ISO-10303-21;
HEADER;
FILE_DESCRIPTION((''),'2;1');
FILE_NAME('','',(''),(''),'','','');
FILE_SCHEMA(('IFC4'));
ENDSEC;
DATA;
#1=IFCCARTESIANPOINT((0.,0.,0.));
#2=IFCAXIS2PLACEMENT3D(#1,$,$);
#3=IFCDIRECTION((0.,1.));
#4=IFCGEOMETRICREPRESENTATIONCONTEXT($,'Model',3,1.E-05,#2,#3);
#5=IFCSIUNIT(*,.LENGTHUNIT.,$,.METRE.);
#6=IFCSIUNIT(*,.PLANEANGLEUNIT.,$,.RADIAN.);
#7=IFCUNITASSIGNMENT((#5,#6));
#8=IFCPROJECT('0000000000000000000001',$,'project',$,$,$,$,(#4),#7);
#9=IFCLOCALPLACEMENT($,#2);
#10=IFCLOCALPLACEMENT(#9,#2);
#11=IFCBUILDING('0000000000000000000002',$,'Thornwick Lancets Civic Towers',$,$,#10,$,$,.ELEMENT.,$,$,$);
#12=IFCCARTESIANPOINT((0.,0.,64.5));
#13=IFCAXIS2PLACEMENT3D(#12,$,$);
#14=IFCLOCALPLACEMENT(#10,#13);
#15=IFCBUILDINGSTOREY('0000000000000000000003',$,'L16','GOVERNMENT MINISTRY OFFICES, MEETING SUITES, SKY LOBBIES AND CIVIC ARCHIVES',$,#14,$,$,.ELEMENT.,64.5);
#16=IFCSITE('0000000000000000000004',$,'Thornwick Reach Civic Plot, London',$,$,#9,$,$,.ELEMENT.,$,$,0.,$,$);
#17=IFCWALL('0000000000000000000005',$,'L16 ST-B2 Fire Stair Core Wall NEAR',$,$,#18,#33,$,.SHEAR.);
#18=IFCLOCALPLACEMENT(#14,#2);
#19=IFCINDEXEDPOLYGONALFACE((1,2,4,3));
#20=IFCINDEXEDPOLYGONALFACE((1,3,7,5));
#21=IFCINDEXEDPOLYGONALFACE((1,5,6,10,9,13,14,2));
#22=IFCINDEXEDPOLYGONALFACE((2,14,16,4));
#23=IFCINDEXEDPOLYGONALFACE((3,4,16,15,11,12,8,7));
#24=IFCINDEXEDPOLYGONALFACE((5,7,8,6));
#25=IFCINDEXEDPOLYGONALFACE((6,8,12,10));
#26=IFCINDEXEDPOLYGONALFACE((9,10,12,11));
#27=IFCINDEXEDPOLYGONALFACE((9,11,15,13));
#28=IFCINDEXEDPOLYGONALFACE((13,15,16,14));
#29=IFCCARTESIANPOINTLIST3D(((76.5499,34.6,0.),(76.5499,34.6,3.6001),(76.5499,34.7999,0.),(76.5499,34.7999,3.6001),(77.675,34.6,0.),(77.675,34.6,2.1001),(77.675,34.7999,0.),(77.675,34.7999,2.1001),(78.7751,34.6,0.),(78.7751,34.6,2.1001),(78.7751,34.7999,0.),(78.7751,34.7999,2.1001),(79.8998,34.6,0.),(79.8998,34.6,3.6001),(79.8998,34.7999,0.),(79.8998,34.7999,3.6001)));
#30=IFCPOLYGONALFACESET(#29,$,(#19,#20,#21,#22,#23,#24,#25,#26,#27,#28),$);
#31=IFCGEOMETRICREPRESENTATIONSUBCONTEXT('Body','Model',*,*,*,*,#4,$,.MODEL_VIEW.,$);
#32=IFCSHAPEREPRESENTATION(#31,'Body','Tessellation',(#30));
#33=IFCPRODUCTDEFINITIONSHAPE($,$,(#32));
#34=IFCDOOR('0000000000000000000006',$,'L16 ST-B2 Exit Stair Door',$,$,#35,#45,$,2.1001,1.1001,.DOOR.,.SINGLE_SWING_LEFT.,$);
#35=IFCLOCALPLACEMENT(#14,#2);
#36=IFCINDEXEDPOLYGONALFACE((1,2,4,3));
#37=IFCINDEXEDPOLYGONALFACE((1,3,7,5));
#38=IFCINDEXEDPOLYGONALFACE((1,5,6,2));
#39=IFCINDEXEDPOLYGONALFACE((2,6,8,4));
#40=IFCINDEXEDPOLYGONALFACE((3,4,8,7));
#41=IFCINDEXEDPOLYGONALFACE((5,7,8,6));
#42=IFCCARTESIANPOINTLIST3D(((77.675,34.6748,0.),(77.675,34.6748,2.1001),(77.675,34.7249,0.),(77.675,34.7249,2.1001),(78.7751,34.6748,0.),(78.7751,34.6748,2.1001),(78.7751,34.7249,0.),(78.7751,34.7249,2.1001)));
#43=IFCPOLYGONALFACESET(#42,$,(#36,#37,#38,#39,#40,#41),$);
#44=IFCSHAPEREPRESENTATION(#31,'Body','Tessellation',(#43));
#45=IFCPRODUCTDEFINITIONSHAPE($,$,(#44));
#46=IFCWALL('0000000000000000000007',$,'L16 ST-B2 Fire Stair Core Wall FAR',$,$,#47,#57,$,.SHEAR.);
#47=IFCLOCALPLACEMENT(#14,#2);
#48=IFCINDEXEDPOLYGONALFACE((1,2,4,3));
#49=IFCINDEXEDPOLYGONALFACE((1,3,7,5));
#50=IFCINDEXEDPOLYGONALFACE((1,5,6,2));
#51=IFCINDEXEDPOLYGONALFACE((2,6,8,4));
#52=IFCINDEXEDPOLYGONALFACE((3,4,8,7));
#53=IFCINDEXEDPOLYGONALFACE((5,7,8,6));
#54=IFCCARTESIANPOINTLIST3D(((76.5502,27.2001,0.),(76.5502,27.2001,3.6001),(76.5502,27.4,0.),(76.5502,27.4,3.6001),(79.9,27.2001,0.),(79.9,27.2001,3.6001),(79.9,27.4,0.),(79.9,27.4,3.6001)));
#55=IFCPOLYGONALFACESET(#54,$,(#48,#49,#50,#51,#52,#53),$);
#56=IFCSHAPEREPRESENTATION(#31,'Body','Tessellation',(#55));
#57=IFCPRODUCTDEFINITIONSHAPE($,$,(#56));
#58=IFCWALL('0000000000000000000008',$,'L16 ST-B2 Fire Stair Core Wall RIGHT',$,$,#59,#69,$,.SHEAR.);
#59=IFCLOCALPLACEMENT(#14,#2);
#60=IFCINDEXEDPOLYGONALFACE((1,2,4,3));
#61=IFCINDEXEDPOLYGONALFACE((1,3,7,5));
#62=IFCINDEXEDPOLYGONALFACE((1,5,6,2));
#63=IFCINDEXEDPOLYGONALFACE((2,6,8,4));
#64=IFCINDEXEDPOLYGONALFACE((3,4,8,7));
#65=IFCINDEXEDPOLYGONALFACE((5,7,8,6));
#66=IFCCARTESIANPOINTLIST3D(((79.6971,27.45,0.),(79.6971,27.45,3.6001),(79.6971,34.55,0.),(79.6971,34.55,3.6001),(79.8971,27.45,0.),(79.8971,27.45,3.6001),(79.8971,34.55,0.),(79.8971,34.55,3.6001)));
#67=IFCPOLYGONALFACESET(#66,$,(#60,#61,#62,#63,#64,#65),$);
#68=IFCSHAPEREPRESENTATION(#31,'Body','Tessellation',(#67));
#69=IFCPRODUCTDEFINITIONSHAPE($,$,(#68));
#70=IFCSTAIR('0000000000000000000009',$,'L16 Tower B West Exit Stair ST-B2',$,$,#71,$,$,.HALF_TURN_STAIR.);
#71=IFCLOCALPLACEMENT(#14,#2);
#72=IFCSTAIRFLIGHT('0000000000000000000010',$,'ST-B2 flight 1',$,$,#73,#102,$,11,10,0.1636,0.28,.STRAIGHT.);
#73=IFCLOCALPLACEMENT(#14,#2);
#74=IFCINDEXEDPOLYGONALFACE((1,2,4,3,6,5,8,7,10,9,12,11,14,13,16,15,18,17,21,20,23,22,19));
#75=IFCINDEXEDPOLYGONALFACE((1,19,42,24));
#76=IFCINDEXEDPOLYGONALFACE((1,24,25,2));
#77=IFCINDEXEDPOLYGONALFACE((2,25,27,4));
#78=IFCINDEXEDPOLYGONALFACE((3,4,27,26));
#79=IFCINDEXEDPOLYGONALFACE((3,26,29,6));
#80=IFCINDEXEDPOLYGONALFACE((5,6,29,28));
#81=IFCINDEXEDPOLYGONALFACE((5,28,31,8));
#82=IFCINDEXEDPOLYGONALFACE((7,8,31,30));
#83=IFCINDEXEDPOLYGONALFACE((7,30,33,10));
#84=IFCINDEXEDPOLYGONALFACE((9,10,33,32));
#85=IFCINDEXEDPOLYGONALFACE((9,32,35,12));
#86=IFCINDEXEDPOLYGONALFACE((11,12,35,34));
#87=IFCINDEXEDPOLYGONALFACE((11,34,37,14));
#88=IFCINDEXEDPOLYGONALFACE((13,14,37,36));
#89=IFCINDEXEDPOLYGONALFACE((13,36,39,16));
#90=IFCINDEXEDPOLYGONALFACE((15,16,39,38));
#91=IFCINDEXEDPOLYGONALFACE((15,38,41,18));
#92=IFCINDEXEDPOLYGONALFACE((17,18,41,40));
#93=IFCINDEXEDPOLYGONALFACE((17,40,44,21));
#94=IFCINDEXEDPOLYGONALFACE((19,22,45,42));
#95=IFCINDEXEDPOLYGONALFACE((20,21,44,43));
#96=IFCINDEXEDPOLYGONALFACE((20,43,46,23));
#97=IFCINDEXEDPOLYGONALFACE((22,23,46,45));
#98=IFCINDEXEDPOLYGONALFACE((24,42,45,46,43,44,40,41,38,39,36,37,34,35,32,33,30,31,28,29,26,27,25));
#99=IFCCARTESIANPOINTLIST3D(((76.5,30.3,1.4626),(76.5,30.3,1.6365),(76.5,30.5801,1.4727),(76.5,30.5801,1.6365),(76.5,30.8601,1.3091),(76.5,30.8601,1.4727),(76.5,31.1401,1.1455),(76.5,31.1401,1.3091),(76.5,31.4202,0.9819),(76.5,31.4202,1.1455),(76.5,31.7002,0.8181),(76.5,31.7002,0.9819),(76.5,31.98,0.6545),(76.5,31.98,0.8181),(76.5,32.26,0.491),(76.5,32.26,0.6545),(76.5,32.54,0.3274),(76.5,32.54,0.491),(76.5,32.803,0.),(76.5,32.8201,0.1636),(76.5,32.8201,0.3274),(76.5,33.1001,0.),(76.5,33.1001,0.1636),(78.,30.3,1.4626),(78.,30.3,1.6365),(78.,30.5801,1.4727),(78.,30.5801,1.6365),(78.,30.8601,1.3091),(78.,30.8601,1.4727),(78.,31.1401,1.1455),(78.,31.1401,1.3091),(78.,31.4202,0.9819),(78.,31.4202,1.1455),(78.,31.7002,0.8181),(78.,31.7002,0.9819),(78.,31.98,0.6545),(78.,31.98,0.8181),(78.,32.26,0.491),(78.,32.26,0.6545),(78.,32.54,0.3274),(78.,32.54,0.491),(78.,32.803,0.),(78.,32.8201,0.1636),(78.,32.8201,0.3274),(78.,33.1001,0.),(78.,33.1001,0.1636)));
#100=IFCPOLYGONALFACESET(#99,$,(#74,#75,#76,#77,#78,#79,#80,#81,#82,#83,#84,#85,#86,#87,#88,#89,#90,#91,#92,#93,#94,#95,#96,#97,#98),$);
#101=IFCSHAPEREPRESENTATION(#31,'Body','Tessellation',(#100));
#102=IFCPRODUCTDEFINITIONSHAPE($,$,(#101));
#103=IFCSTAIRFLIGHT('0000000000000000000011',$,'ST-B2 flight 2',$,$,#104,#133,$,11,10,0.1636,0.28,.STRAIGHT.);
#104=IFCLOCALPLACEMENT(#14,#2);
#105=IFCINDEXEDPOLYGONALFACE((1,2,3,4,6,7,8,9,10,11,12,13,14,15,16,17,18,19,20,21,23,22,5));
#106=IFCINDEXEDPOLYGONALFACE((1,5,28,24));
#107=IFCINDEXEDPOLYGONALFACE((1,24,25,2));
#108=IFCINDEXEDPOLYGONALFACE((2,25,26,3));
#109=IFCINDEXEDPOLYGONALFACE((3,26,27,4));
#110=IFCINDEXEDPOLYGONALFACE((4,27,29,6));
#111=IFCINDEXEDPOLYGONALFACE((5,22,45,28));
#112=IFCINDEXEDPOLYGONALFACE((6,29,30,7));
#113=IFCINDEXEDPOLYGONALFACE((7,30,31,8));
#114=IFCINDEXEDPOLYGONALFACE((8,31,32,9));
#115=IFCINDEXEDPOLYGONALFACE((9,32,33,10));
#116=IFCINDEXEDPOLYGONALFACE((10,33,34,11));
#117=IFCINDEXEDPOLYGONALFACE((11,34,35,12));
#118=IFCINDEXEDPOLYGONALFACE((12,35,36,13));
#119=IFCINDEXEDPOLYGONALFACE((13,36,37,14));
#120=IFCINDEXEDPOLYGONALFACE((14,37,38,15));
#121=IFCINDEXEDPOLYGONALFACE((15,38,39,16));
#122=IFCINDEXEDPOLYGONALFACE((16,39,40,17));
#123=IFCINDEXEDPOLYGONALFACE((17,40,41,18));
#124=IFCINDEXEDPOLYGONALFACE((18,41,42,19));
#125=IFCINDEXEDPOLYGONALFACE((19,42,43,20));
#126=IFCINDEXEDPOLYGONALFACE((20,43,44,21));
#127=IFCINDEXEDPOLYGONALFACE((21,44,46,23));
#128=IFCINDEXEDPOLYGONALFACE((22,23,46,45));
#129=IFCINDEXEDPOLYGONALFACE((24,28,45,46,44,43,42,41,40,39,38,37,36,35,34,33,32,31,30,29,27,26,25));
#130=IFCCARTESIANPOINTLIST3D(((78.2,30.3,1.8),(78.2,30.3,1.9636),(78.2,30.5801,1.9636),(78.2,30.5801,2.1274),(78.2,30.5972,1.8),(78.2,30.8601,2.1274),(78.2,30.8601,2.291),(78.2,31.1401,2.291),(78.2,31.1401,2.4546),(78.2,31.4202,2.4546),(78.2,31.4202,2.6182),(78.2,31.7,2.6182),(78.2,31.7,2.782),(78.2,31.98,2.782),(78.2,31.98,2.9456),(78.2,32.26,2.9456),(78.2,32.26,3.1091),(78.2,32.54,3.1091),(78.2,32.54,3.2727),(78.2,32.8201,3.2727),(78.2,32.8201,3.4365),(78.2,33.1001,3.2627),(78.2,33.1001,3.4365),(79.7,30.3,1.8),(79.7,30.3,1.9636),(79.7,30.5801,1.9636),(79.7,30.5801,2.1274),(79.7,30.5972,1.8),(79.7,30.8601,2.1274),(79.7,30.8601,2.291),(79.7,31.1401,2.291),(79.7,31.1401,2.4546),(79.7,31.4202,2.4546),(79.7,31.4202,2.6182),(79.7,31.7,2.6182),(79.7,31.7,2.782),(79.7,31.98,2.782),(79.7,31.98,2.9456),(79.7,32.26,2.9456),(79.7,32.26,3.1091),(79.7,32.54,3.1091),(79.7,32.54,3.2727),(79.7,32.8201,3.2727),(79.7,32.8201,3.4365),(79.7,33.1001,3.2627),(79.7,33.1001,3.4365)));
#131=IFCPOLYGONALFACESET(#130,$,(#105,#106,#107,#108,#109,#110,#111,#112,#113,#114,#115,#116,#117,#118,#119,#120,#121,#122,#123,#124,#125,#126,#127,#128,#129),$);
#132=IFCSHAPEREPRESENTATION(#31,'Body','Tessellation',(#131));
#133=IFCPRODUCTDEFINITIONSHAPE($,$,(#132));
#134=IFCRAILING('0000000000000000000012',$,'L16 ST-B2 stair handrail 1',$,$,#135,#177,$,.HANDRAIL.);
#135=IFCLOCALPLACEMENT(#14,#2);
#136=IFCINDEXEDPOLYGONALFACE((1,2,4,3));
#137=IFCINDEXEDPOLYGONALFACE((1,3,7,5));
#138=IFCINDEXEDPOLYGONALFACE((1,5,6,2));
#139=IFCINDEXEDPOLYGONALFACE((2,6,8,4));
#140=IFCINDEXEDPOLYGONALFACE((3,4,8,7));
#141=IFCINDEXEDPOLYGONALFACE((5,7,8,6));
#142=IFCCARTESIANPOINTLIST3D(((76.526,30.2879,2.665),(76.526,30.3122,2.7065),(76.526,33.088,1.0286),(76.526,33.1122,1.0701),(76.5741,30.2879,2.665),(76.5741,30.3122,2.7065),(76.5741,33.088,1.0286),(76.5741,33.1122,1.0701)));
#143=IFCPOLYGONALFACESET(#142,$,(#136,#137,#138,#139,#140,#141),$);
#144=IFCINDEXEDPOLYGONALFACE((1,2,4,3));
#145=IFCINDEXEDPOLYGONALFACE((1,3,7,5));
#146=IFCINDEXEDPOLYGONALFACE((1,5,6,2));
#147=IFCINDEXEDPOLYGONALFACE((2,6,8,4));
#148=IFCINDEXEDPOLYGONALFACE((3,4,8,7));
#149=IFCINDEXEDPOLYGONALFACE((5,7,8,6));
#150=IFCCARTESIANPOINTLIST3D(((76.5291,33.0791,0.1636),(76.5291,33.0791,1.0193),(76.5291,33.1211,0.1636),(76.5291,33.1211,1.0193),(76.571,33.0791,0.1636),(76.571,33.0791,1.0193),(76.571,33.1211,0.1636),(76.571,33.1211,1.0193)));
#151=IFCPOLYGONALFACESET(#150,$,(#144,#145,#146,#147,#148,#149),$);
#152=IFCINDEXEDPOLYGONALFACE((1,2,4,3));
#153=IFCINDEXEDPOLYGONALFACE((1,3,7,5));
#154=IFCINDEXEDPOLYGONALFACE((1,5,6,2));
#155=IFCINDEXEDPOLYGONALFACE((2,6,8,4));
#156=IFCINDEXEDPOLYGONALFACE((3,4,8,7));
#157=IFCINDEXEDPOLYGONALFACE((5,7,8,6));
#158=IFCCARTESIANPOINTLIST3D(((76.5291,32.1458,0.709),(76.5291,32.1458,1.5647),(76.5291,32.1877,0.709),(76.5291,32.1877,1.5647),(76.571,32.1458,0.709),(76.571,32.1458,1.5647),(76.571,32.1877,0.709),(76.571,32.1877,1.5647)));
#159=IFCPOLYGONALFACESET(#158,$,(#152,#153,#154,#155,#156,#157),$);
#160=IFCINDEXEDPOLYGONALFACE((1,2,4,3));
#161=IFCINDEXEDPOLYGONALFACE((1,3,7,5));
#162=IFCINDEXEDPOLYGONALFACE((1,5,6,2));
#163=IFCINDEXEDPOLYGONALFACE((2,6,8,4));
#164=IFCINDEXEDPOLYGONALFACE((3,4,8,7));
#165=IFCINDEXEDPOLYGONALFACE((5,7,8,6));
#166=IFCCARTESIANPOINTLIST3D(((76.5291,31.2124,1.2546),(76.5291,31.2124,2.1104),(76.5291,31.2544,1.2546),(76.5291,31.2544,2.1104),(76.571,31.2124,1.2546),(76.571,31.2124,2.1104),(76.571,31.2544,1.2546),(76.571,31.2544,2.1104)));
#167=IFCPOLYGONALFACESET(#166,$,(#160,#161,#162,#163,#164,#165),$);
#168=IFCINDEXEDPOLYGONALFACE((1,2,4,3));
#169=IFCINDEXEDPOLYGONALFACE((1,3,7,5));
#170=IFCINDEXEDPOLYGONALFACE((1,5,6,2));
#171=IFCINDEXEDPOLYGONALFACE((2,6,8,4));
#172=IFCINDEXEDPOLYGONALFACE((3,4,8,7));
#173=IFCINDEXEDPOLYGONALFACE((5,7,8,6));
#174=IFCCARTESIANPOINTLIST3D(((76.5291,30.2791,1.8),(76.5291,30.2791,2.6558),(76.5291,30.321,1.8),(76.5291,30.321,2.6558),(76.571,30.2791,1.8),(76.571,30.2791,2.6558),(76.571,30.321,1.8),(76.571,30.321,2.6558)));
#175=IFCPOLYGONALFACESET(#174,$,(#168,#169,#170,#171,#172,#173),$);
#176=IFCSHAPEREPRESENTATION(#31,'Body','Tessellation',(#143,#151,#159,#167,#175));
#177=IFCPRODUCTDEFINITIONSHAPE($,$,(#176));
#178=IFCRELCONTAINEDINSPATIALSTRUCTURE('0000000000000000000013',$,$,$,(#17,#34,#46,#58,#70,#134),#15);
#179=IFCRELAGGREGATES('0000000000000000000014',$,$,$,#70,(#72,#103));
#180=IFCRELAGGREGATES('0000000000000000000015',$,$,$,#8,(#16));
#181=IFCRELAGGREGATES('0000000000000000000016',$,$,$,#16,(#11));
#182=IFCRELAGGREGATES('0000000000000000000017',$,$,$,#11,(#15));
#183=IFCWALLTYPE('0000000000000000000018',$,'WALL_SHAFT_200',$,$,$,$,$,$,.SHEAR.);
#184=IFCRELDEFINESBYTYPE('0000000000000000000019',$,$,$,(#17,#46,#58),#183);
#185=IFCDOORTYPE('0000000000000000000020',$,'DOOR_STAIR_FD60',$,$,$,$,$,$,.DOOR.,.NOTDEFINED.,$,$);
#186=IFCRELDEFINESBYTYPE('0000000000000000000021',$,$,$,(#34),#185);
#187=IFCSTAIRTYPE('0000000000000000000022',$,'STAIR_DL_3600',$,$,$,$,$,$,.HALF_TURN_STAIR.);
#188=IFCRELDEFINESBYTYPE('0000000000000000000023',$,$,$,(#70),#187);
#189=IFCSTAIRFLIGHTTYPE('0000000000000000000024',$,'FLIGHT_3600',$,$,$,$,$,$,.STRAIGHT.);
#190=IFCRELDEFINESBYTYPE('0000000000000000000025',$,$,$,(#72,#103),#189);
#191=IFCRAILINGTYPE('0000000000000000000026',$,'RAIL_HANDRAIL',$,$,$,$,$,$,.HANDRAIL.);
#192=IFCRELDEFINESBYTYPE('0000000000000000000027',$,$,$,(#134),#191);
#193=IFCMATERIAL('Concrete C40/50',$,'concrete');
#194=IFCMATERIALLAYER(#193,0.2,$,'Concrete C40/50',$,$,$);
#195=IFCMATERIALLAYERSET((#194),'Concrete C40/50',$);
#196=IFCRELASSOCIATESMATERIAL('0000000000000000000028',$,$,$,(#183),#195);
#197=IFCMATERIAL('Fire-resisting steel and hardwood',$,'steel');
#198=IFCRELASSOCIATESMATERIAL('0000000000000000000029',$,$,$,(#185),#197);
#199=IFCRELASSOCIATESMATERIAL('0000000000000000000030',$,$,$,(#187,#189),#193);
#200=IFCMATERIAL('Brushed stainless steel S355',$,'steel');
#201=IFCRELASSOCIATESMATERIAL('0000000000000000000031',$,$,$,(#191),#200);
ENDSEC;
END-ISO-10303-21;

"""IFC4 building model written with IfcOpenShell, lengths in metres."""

from ifc_helpers import new_model, si_unit, direction, frame, frame_2d, origin, origin_2d, place, context, subcontext, project, spatial, polyline, rectangle, outline, extrude, material, layer, layer_set, type_object, element, fill, aggregate, save


model = new_model("IFC4")

# Units and contexts
model_context = context("Model", 3, precision=1e-05, world=origin(), true_north=direction((0.0, 1.0)))
body_context = subcontext(model_context, "Body", "Model", "MODEL_VIEW")
ifc_project = project(units=[si_unit("LENGTHUNIT", "METRE"), si_unit("PLANEANGLEUNIT", "RADIAN")], contexts=[model_context])

# Site, building, storey
site_placement = place(None, origin())
site = spatial("IfcSite", under=ifc_project, at=site_placement, Name="Thornwick Reach Civic Plot, London", CompositionType="ELEMENT", RefElevation=0.0)
building_placement = place(site_placement, origin())
building = spatial("IfcBuilding", under=site, at=building_placement, Name="Thornwick Lancets Civic Towers", CompositionType="ELEMENT")
storey_placement = place(building_placement, frame((0.0, 0.0, 64.5)))
storey = spatial("IfcBuildingStorey", under=building, at=storey_placement, Name="L16", Description="GOVERNMENT MINISTRY OFFICES, MEETING SUITES, SKY LOBBIES AND CIVIC ARCHIVES", CompositionType="ELEMENT", Elevation=64.5)

# Shared definitions
ifc_material_1 = material(Name="Concrete C40/50", Category="concrete")

# Wall, opening, door
ifc_layer_1 = layer(ifc_material_1, 0.2, Name="Concrete C40/50")
ifc_layer_set_1 = layer_set([ifc_layer_1], Name="Concrete C40/50")
wall_type_1 = type_object("IfcWallType", Name="WALL_SHAFT_200", PredefinedType="SHEAR", material=ifc_layer_set_1)
wall_1_placement = place(storey_placement, frame((76.55, 34.7, 0.0), z_axis=(0.0, 0.0, 1.0), x_axis=(1.0, 0.0, 0.0)))
wall_1 = element("IfcWall", 1, at=wall_1_placement, inside=storey, type_object=wall_type_1, Name="L16 ST-B2 Fire Stair Core Wall NEAR", PredefinedType="SHEAR", context=body_context, shape_type="SweptSolid", body=[
    extrude(rectangle(XDim=3.3499, YDim=0.2, at=frame_2d((1.6748, 0.0))), origin(), (0.0, 0.0, 1.0), 3.6001),
])
opening_1_placement = place(wall_1_placement, frame((1.125, 0.0, 0.0)))
opening_1 = element("IfcOpeningElement", 2, at=opening_1_placement, cuts=wall_1, PredefinedType="OPENING", context=body_context, shape_type="SweptSolid", body=[
    extrude(rectangle(XDim=1.1001, YDim=2.1001, at=frame_2d((0.55, 1.05))), frame((0.0, 0.1099, 0.0), z_axis=(0.0, -1.0, 0.0), x_axis=(1.0, 0.0, 0.0)), (0.0, 0.0, 1.0), 0.22),
])
ifc_material_2 = material(Name="Fire-resisting steel and hardwood", Category="steel")
door_type_1 = type_object("IfcDoorType", Name="DOOR_STAIR_FD60", OperationType="NOTDEFINED", PredefinedType="DOOR", material=ifc_material_2)
door_1_placement = place(opening_1_placement, origin())
door_1 = element("IfcDoor", 3, at=door_1_placement, inside=storey, type_object=door_type_1, Name="L16 ST-B2 Exit Stair Door", OperationType="SINGLE_SWING_LEFT", OverallHeight=2.1001, OverallWidth=1.1001, PredefinedType="DOOR", context=body_context, shape_type="SweptSolid", body=[
    extrude(rectangle(XDim=1.1001, YDim=2.1001, at=frame_2d((0.55, 1.05))), frame((0.0, 0.0249, 0.0), z_axis=(0.0, -1.0, 0.0), x_axis=(1.0, 0.0, 0.0)), (0.0, 0.0, 1.0), 0.05),
])
fill(opening_1, door_1)

# Walls
wall_2_placement = place(storey_placement, frame((79.8999, 27.3, 0.0), z_axis=(0.0, 0.0, 1.0), x_axis=(-1.0, 0.0, 0.0)))
element("IfcWall", 4, at=wall_2_placement, inside=storey, type_object=wall_type_1, Name="L16 ST-B2 Fire Stair Core Wall FAR", PredefinedType="SHEAR", context=body_context, shape_type="SweptSolid", body=[
    extrude(rectangle(XDim=3.3499, YDim=0.2, at=frame_2d((1.6748, 0.0))), origin(), (0.0, 0.0, 1.0), 3.6001),
])
wall_3_placement = place(storey_placement, frame((79.7971, 27.45, 0.0), z_axis=(0.0, 0.0, 1.0), x_axis=(0.0, 1.0, 0.0)))
element("IfcWall", 5, at=wall_3_placement, inside=storey, type_object=wall_type_1, Name="L16 ST-B2 Fire Stair Core Wall RIGHT", PredefinedType="SHEAR", context=body_context, shape_type="SweptSolid", body=[
    extrude(rectangle(XDim=7.1001, YDim=0.2, at=frame_2d((3.55, 0.0))), origin(), (0.0, 0.0, 1.0), 3.6001),
])

# Stair, stair flights
stair_type = type_object("IfcStairType", Name="STAIR_DL_3600", PredefinedType="HALF_TURN_STAIR", material=ifc_material_1)
stair_placement = place(storey_placement, origin())
stair = element("IfcStair", 6, at=stair_placement, inside=storey, type_object=stair_type, Name="L16 Tower B West Exit Stair ST-B2", PredefinedType="HALF_TURN_STAIR")
stair_flight_type = type_object("IfcStairFlightType", Name="FLIGHT_3600", PredefinedType="STRAIGHT", material=ifc_material_1)
stair_flight_1_placement = place(storey_placement, frame((77.25, 33.1001, 0.0), z_axis=(0.0, 0.0, 1.0), x_axis=(0.0, -1.0, 0.0)))
stair_flight_1 = element("IfcStairFlight", 7, at=stair_flight_1_placement, type_object=stair_flight_type, Name="ST-B2 flight 1", NumberOfRisers=11, NumberOfTreads=10, PredefinedType="STRAIGHT", RiserHeight=0.1636, TreadLength=0.28, context=body_context, shape_type="SweptSolid", body=[
    extrude(outline(polyline([(0.0, 0.0), (0.0, 0.1636), (0.28, 0.1636), (0.28, 0.3274), (0.5601, 0.3274), (0.5601, 0.491), (0.8401, 0.491), (0.8401, 0.6545), (1.1201, 0.6545), (1.1201, 0.8181), (1.3999, 0.8181), (1.3999, 0.9819), (1.6799, 0.9819), (1.6799, 1.1455), (1.96, 1.1455), (1.96, 1.3091), (2.24, 1.3091), (2.24, 1.4727), (2.52, 1.4727), (2.52, 1.6365), (2.8, 1.6365), (2.8, 1.8), (2.8, 1.4626), (0.2971, 0.0), (0.0, 0.0)])), frame((0.0, 0.75, 0.0), z_axis=(0.0, -1.0, 0.0), x_axis=(1.0, 0.0, 0.0)), (0.0, 0.0, 1.0), 1.5),
])
stair_flight_2_placement = place(storey_placement, frame((78.95, 30.3, 1.8), z_axis=(0.0, 0.0, 1.0), x_axis=(0.0, 1.0, 0.0)))
stair_flight_2 = element("IfcStairFlight", 8, at=stair_flight_2_placement, type_object=stair_flight_type, Name="ST-B2 flight 2", NumberOfRisers=11, NumberOfTreads=10, PredefinedType="STRAIGHT", RiserHeight=0.1636, TreadLength=0.28, context=body_context, shape_type="SweptSolid", body=[
    extrude(outline(polyline([(0.0, 0.0), (0.0, 0.1636), (0.28, 0.1636), (0.28, 0.3274), (0.5601, 0.3274), (0.5601, 0.491), (0.8401, 0.491), (0.8401, 0.6545), (1.1201, 0.6545), (1.1201, 0.8181), (1.3999, 0.8181), (1.3999, 0.9819), (1.6799, 0.9819), (1.6799, 1.1455), (1.96, 1.1455), (1.96, 1.3091), (2.24, 1.3091), (2.24, 1.4727), (2.52, 1.4727), (2.52, 1.6365), (2.8, 1.6365), (2.8, 1.8), (2.8, 1.4626), (0.2971, 0.0), (0.0, 0.0)])), frame((0.0, 0.75, 0.0), z_axis=(0.0, -1.0, 0.0), x_axis=(1.0, 0.0, 0.0)), (0.0, 0.0, 1.0), 1.5),
])
aggregate(stair, [stair_flight_1, stair_flight_2])

# Railing
ifc_material_3 = material(Name="Brushed stainless steel S355", Category="steel")
railing_type_1 = type_object("IfcRailingType", Name="RAIL_HANDRAIL", PredefinedType="HANDRAIL", material=ifc_material_3)
railing_1_placement = place(storey_placement, frame((76.55, 33.1001, 0.1636)))
element("IfcRailing", 9, at=railing_1_placement, inside=storey, type_object=railing_type_1, Name="L16 ST-B2 stair handrail 1", PredefinedType="HANDRAIL", context=body_context, shape_type="SweptSolid", body=[
    extrude(rectangle(XDim=0.0481, YDim=0.0481, at=origin_2d()), frame((0.0, 0.0, 0.8857), z_axis=(0.0, -0.863361, 0.504587), x_axis=(1.0, 0.0, 0.0)), (0.0, 0.0, 1.0), 3.2432),
    extrude(rectangle(XDim=0.042, YDim=0.042, at=origin_2d()), origin(), (0.0, 0.0, 1.0), 0.8557),
    extrude(rectangle(XDim=0.042, YDim=0.042, at=origin_2d()), frame((0.0, -0.9333, 0.5454)), (0.0, 0.0, 1.0), 0.8557),
    extrude(rectangle(XDim=0.042, YDim=0.042, at=origin_2d()), frame((0.0, -1.8667, 1.0911)), (0.0, 0.0, 1.0), 0.8557),
    extrude(rectangle(XDim=0.042, YDim=0.042, at=origin_2d()), frame((0.0, -2.8, 1.6365)), (0.0, 0.0, 1.0), 0.8557),
])

save(model, "model.ifc")
